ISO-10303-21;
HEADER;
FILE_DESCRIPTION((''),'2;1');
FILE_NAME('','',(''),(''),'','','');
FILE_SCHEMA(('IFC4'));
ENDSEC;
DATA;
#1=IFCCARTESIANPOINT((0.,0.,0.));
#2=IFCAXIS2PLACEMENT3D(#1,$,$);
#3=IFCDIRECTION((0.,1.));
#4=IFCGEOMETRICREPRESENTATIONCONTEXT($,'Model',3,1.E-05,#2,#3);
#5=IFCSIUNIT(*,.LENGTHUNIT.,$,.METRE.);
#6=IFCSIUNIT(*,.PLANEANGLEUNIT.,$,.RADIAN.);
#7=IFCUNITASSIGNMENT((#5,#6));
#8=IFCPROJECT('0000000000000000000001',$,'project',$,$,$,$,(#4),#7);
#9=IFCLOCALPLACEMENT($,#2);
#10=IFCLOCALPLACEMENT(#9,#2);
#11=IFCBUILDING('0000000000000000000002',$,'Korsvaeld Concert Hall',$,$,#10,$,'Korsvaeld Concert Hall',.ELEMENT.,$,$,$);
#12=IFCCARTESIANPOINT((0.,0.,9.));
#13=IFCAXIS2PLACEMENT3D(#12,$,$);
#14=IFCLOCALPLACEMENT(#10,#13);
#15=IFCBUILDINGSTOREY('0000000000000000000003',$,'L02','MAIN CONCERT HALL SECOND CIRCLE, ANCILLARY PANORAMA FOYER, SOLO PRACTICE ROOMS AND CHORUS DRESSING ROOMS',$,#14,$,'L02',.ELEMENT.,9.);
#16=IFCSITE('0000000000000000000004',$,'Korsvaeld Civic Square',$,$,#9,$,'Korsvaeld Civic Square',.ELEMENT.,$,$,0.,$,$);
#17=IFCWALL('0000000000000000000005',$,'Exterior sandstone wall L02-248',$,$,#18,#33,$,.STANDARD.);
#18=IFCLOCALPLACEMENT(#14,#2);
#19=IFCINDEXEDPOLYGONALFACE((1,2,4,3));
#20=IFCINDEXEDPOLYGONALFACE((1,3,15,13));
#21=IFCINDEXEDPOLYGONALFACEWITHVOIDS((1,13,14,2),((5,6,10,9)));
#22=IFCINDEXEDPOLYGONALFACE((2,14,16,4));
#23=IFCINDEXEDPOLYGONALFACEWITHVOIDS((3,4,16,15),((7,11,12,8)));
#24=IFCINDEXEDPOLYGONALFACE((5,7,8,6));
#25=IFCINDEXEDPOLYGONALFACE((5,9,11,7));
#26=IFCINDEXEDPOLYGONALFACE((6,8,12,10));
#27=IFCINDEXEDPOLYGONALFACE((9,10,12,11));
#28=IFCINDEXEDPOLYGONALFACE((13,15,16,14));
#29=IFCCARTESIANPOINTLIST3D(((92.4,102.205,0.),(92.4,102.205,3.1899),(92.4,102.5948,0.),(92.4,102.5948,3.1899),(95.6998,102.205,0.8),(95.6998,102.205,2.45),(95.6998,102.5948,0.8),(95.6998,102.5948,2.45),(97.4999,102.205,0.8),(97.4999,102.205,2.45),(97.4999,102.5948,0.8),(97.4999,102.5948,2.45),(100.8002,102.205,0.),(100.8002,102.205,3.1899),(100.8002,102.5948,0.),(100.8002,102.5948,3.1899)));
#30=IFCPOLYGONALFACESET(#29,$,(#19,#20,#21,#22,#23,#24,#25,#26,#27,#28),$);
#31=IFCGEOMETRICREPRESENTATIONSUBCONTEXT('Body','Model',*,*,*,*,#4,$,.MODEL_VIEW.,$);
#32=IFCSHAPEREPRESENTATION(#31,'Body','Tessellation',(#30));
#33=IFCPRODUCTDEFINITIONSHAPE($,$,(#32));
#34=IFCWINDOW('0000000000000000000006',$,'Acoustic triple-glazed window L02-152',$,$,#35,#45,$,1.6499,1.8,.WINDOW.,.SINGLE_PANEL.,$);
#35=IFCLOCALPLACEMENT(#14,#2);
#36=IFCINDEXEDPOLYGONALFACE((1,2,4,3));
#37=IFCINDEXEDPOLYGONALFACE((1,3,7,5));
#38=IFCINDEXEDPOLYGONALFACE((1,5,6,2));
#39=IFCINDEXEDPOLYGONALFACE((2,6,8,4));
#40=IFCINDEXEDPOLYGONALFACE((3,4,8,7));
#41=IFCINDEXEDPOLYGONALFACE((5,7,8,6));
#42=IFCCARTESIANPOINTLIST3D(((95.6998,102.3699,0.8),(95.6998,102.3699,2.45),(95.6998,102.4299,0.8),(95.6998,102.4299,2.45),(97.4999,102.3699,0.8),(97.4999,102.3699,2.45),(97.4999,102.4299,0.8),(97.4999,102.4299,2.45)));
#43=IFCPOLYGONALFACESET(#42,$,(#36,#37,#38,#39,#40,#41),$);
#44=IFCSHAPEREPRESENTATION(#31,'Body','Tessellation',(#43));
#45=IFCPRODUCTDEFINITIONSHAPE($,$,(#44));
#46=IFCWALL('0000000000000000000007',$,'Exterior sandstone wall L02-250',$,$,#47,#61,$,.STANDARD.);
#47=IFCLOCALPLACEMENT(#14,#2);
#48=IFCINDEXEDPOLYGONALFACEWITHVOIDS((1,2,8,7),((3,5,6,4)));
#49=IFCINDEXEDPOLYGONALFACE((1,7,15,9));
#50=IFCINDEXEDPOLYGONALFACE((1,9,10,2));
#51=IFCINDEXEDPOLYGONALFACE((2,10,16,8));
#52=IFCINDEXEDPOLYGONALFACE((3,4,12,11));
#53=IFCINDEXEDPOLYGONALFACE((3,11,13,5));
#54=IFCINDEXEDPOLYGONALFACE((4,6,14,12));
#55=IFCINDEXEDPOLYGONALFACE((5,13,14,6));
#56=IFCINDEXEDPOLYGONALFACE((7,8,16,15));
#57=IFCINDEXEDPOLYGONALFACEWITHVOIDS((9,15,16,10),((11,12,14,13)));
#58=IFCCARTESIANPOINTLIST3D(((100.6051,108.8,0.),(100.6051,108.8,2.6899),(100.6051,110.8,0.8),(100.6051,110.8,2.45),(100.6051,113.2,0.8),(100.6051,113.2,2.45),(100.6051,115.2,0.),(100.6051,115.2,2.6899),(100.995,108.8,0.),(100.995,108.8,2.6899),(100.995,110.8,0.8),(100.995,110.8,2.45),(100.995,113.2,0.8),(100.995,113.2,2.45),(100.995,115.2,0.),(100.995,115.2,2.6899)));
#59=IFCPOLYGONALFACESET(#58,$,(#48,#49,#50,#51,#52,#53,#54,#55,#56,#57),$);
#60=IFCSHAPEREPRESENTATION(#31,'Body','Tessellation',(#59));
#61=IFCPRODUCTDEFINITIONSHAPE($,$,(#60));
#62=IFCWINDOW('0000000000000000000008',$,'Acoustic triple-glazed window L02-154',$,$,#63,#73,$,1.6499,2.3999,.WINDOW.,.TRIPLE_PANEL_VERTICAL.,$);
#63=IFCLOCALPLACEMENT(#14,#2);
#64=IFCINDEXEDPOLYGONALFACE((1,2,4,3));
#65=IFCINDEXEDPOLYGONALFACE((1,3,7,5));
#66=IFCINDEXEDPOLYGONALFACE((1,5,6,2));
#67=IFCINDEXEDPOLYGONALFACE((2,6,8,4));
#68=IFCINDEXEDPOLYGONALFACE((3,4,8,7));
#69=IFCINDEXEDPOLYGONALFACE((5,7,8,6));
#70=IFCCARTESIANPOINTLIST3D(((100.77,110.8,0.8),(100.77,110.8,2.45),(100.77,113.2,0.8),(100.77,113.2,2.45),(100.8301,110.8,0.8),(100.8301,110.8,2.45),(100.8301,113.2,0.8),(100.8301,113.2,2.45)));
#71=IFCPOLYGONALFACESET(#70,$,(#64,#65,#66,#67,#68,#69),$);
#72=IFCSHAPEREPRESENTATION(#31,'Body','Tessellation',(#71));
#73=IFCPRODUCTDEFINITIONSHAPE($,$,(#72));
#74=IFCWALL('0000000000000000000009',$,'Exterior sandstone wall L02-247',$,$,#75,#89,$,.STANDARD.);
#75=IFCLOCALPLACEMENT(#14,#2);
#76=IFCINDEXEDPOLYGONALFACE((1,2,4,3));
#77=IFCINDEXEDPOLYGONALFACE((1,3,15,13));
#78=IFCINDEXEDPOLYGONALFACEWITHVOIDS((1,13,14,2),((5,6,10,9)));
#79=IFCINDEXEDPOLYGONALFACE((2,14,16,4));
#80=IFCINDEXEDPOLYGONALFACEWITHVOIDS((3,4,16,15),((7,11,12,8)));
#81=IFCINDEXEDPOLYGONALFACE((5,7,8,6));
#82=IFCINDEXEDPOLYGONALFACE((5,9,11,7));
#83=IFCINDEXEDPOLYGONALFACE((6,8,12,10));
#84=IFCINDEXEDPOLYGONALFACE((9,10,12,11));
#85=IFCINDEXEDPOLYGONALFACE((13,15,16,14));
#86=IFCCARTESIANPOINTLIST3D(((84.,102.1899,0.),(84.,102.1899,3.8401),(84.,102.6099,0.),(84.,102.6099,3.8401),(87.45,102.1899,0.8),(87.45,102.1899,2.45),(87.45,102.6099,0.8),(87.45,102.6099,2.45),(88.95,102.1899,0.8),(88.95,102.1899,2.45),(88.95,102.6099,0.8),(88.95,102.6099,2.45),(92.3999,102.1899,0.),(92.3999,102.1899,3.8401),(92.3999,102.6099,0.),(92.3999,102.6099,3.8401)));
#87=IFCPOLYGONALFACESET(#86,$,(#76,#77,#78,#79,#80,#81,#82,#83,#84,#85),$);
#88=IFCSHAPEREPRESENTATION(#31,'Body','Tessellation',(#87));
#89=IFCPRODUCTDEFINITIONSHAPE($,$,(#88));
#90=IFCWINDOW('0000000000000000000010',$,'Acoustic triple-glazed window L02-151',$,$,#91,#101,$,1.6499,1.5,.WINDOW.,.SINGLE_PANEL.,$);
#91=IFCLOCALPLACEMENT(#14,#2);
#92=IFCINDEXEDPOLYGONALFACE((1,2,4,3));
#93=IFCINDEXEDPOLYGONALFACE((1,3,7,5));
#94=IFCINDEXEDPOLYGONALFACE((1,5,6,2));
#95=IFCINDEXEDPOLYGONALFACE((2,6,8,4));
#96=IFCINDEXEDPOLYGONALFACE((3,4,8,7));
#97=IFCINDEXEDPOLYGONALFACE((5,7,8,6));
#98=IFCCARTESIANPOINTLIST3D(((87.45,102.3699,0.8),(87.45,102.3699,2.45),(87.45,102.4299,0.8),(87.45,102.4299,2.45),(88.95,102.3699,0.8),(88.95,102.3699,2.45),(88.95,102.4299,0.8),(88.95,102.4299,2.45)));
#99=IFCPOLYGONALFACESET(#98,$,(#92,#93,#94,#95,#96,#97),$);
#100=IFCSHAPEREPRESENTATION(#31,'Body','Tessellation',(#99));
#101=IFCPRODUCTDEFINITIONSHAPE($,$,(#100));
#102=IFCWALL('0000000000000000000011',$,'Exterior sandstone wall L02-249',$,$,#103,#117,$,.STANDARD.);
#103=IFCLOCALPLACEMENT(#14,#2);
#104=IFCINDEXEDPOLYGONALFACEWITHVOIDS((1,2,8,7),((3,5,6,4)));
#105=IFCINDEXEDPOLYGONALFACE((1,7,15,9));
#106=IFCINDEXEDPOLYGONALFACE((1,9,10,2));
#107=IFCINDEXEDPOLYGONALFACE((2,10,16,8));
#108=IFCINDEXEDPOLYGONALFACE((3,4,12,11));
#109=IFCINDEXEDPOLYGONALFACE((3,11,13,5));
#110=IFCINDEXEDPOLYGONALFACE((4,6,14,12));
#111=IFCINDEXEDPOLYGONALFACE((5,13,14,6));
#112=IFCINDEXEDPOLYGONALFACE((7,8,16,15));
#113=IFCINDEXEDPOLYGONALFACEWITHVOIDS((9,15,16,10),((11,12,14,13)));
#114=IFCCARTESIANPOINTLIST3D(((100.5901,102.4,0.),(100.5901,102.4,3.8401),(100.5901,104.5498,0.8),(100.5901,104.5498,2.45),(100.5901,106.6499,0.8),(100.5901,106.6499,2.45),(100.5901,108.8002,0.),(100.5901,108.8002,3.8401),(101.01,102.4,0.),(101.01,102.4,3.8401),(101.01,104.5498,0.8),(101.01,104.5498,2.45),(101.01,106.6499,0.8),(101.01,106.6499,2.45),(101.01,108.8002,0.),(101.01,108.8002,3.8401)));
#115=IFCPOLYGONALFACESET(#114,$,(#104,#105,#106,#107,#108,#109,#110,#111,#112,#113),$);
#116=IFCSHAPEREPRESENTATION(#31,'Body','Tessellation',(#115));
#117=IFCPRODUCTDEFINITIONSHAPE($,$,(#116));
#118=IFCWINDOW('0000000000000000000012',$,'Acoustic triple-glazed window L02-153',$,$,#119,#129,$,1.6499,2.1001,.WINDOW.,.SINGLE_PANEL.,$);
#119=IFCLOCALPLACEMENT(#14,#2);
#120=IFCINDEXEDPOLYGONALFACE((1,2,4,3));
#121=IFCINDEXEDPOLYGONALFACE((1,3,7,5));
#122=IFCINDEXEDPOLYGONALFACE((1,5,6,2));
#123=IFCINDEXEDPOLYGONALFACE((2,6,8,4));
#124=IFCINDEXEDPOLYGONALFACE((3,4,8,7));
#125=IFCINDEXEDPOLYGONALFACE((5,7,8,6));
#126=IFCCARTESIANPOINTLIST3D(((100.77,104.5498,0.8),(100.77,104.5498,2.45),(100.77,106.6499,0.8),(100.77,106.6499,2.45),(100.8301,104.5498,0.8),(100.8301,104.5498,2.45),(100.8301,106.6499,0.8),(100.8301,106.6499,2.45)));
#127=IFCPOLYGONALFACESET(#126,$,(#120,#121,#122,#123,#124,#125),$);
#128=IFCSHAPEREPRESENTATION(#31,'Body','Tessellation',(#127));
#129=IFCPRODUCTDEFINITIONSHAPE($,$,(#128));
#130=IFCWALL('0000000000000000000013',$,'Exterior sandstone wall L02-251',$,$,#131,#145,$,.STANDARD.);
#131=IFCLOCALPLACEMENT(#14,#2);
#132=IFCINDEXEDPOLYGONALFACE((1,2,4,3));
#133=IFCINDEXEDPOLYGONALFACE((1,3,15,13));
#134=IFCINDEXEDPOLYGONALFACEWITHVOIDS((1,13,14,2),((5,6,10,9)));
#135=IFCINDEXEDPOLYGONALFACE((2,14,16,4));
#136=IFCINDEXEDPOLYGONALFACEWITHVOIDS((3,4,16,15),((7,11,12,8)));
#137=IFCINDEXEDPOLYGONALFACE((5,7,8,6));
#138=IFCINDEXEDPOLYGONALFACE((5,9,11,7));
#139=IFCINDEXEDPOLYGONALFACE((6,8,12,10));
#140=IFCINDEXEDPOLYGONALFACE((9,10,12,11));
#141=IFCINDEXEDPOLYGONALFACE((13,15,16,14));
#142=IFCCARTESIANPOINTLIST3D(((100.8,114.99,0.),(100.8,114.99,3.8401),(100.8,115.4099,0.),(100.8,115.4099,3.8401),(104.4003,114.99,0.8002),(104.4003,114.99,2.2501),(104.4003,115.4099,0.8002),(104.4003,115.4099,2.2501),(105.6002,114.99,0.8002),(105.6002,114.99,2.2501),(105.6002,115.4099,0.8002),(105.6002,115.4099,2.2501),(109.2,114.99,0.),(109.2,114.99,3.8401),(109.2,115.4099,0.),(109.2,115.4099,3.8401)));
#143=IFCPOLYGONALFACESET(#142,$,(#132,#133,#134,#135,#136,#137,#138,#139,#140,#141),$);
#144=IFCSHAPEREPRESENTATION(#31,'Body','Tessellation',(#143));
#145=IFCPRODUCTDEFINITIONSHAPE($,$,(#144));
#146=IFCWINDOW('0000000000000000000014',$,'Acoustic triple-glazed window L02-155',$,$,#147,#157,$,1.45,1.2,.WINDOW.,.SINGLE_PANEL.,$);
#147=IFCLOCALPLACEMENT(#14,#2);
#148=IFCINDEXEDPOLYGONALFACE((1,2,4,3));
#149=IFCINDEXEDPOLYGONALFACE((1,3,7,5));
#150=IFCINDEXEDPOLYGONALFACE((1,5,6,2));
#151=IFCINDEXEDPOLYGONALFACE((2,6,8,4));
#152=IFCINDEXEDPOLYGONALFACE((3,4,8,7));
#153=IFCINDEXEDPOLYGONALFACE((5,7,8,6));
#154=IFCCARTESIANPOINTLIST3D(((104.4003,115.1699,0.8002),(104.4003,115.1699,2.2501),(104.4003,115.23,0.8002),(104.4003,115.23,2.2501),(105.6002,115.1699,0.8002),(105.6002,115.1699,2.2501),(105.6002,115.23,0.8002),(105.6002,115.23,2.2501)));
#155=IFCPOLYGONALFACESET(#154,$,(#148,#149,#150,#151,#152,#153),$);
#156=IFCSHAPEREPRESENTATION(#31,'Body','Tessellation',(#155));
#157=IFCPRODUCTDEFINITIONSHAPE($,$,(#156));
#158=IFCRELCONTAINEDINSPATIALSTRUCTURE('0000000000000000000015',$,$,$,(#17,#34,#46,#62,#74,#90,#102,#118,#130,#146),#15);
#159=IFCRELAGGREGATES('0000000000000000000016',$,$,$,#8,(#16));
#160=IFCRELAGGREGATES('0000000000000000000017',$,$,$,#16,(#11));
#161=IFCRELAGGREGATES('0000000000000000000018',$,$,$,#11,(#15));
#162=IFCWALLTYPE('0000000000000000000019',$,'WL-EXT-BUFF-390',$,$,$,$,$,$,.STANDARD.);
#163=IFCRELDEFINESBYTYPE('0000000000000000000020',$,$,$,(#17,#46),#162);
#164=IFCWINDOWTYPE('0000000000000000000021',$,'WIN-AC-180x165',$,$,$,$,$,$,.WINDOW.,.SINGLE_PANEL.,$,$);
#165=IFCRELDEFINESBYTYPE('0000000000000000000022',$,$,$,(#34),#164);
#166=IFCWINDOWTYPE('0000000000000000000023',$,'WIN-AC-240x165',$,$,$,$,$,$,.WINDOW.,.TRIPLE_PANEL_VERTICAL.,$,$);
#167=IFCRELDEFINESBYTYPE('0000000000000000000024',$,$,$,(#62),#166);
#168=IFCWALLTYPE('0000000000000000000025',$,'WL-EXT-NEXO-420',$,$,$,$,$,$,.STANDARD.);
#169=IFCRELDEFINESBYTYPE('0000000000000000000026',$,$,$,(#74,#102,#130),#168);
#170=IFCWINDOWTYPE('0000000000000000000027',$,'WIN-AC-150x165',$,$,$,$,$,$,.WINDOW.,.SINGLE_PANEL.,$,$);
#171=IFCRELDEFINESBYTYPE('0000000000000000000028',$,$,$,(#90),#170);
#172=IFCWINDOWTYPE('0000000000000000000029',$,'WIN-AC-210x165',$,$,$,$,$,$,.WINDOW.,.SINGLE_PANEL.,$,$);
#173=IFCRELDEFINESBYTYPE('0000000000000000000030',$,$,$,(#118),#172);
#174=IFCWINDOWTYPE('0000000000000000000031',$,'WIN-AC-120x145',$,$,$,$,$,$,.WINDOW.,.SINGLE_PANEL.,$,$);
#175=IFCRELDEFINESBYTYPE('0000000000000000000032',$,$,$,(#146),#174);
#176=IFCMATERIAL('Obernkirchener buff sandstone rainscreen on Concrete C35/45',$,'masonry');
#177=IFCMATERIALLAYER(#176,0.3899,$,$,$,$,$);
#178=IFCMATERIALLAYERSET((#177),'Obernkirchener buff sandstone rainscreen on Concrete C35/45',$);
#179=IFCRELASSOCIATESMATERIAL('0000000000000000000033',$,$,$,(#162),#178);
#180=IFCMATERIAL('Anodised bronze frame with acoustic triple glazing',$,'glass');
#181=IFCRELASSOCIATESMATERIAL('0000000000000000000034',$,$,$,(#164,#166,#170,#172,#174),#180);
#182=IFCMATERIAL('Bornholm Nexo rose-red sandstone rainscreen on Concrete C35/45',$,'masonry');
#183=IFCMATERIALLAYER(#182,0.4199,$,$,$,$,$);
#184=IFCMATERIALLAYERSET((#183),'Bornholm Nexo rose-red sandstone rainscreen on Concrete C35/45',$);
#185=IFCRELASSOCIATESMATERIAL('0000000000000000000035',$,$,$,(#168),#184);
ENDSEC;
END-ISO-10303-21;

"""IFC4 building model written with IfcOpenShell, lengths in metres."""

from ifc_helpers import new_model, si_unit, direction, frame, frame_2d, origin, place, context, subcontext, project, spatial, rectangle, extrude, material, layer, layer_set, type_object, element, fill, save


model = new_model("IFC4")

# Units and contexts
model_context = context("Model", 3, precision=1e-05, world=origin(), true_north=direction((0.0, 1.0)))
body_context = subcontext(model_context, "Body", "Model", "MODEL_VIEW")
ifc_project = project(units=[si_unit("LENGTHUNIT", "METRE"), si_unit("PLANEANGLEUNIT", "RADIAN")], contexts=[model_context])

# Site, building, storey
site_placement = place(None, origin())
site = spatial("IfcSite", under=ifc_project, at=site_placement, Name="Korsvaeld Civic Square", LongName="Korsvaeld Civic Square", CompositionType="ELEMENT", RefElevation=0.0)
building_placement = place(site_placement, origin())
building = spatial("IfcBuilding", under=site, at=building_placement, Name="Korsvaeld Concert Hall", LongName="Korsvaeld Concert Hall", CompositionType="ELEMENT")
storey_placement = place(building_placement, frame((0.0, 0.0, 9.0)))
storey = spatial("IfcBuildingStorey", under=building, at=storey_placement, Name="L02", Description="MAIN CONCERT HALL SECOND CIRCLE, ANCILLARY PANORAMA FOYER, SOLO PRACTICE ROOMS AND CHORUS DRESSING ROOMS", LongName="L02", CompositionType="ELEMENT", Elevation=9.0)

# Walls, openings, windows
ifc_material_1 = material(Name="Obernkirchener buff sandstone rainscreen on Concrete C35/45", Category="masonry")
ifc_layer_1 = layer(ifc_material_1, 0.3899)
ifc_layer_set_1 = layer_set([ifc_layer_1], Name="Obernkirchener buff sandstone rainscreen on Concrete C35/45")
wall_type_1 = type_object("IfcWallType", Name="WL-EXT-BUFF-390", PredefinedType="STANDARD", material=ifc_layer_set_1)
wall_1_placement = place(storey_placement, frame((92.3999, 102.3999, 0.0), z_axis=(0.0, 0.0, 1.0), x_axis=(1.0, 0.0, 0.0)))
wall_1 = element("IfcWall", 1, at=wall_1_placement, inside=storey, type_object=wall_type_1, Name="Exterior sandstone wall L02-248", PredefinedType="STANDARD", context=body_context, shape_type="SweptSolid", body=[
    extrude(rectangle(XDim=8.4001, YDim=0.3899, at=frame_2d((4.2002, 0.0))), origin(), (0.0, 0.0, 1.0), 3.1899),
])
opening_1_placement = place(wall_1_placement, frame((3.3, 0.0, 0.8)))
opening_1 = element("IfcOpeningElement", 2, at=opening_1_placement, cuts=wall_1, PredefinedType="OPENING", context=body_context, shape_type="SweptSolid", body=[
    extrude(rectangle(XDim=1.8, YDim=1.6499, at=frame_2d((0.8999, 0.825))), frame((0.0, 0.2051, 0.0), z_axis=(0.0, -1.0, 0.0), x_axis=(1.0, 0.0, 0.0)), (0.0, 0.0, 1.0), 0.4099),
])
ifc_material_2 = material(Name="Anodised bronze frame with acoustic triple glazing", Category="glass")
window_type_1 = type_object("IfcWindowType", Name="WIN-AC-180x165", PartitioningType="SINGLE_PANEL", PredefinedType="WINDOW", material=ifc_material_2)
window_1_placement = place(opening_1_placement, origin())
window_1 = element("IfcWindow", 3, at=window_1_placement, inside=storey, type_object=window_type_1, Name="Acoustic triple-glazed window L02-152", OverallHeight=1.6499, OverallWidth=1.8, PartitioningType="SINGLE_PANEL", PredefinedType="WINDOW", context=body_context, shape_type="SweptSolid", body=[
    extrude(rectangle(XDim=1.8, YDim=1.6499, at=frame_2d((0.8999, 0.825))), frame((0.0, 0.03, 0.0), z_axis=(0.0, -1.0, 0.0), x_axis=(1.0, 0.0, 0.0)), (0.0, 0.0, 1.0), 0.0601),
])
fill(opening_1, window_1)
wall_2_placement = place(storey_placement, frame((100.8, 108.8, 0.0), z_axis=(0.0, 0.0, 1.0), x_axis=(0.0, 1.0, 0.0)))
wall_2 = element("IfcWall", 4, at=wall_2_placement, inside=storey, type_object=wall_type_1, Name="Exterior sandstone wall L02-250", PredefinedType="STANDARD", context=body_context, shape_type="SweptSolid", body=[
    extrude(rectangle(XDim=6.3999, YDim=0.3899, at=frame_2d((3.2, 0.0))), origin(), (0.0, 0.0, 1.0), 2.6899),
])
opening_2_placement = place(wall_2_placement, frame((2.0, 0.0, 0.8)))
opening_2 = element("IfcOpeningElement", 5, at=opening_2_placement, cuts=wall_2, PredefinedType="OPENING", context=body_context, shape_type="SweptSolid", body=[
    extrude(rectangle(XDim=2.3999, YDim=1.6499, at=frame_2d((1.2, 0.825))), frame((0.0, 0.2051, 0.0), z_axis=(0.0, -1.0, 0.0), x_axis=(1.0, 0.0, 0.0)), (0.0, 0.0, 1.0), 0.4099),
])
window_type_2 = type_object("IfcWindowType", Name="WIN-AC-240x165", PartitioningType="TRIPLE_PANEL_VERTICAL", PredefinedType="WINDOW", material=ifc_material_2)
window_2_placement = place(opening_2_placement, origin())
window_2 = element("IfcWindow", 6, at=window_2_placement, inside=storey, type_object=window_type_2, Name="Acoustic triple-glazed window L02-154", OverallHeight=1.6499, OverallWidth=2.3999, PartitioningType="TRIPLE_PANEL_VERTICAL", PredefinedType="WINDOW", context=body_context, shape_type="SweptSolid", body=[
    extrude(rectangle(XDim=2.3999, YDim=1.6499, at=frame_2d((1.2, 0.825))), frame((0.0, 0.03, 0.0), z_axis=(0.0, -1.0, 0.0), x_axis=(1.0, 0.0, 0.0)), (0.0, 0.0, 1.0), 0.0601),
])
fill(opening_2, window_2)
ifc_material_3 = material(Name="Bornholm Nexo rose-red sandstone rainscreen on Concrete C35/45", Category="masonry")
ifc_layer_2 = layer(ifc_material_3, 0.4199)
ifc_layer_set_2 = layer_set([ifc_layer_2], Name="Bornholm Nexo rose-red sandstone rainscreen on Concrete C35/45")
wall_type_2 = type_object("IfcWallType", Name="WL-EXT-NEXO-420", PredefinedType="STANDARD", material=ifc_layer_set_2)
wall_3_placement = place(storey_placement, frame((84.0, 102.3999, 0.0), z_axis=(0.0, 0.0, 1.0), x_axis=(1.0, 0.0, 0.0)))
wall_3 = element("IfcWall", 7, at=wall_3_placement, inside=storey, type_object=wall_type_2, Name="Exterior sandstone wall L02-247", PredefinedType="STANDARD", context=body_context, shape_type="SweptSolid", body=[
    extrude(rectangle(XDim=8.3999, YDim=0.4199, at=frame_2d((4.2, 0.0))), origin(), (0.0, 0.0, 1.0), 3.8401),
])
opening_3_placement = place(wall_3_placement, frame((3.45, 0.0, 0.8)))
opening_3 = element("IfcOpeningElement", 8, at=opening_3_placement, cuts=wall_3, PredefinedType="OPENING", context=body_context, shape_type="SweptSolid", body=[
    extrude(rectangle(XDim=1.5, YDim=1.6499, at=frame_2d((0.75, 0.825))), frame((0.0, 0.22, 0.0), z_axis=(0.0, -1.0, 0.0), x_axis=(1.0, 0.0, 0.0)), (0.0, 0.0, 1.0), 0.4399),
])
window_type_3 = type_object("IfcWindowType", Name="WIN-AC-150x165", PartitioningType="SINGLE_PANEL", PredefinedType="WINDOW", material=ifc_material_2)
window_3_placement = place(opening_3_placement, origin())
window_3 = element("IfcWindow", 9, at=window_3_placement, inside=storey, type_object=window_type_3, Name="Acoustic triple-glazed window L02-151", OverallHeight=1.6499, OverallWidth=1.5, PartitioningType="SINGLE_PANEL", PredefinedType="WINDOW", context=body_context, shape_type="SweptSolid", body=[
    extrude(rectangle(XDim=1.5, YDim=1.6499, at=frame_2d((0.75, 0.825))), frame((0.0, 0.03, 0.0), z_axis=(0.0, -1.0, 0.0), x_axis=(1.0, 0.0, 0.0)), (0.0, 0.0, 1.0), 0.0601),
])
fill(opening_3, window_3)
wall_4_placement = place(storey_placement, frame((100.8, 102.3999, 0.0), z_axis=(0.0, 0.0, 1.0), x_axis=(0.0, 1.0, 0.0)))
wall_4 = element("IfcWall", 10, at=wall_4_placement, inside=storey, type_object=wall_type_2, Name="Exterior sandstone wall L02-249", PredefinedType="STANDARD", context=body_context, shape_type="SweptSolid", body=[
    extrude(rectangle(XDim=6.4001, YDim=0.4199, at=frame_2d((3.2002, 0.0))), origin(), (0.0, 0.0, 1.0), 3.8401),
])
opening_4_placement = place(wall_4_placement, frame((2.1499, 0.0, 0.8)))
opening_4 = element("IfcOpeningElement", 11, at=opening_4_placement, cuts=wall_4, PredefinedType="OPENING", context=body_context, shape_type="SweptSolid", body=[
    extrude(rectangle(XDim=2.1001, YDim=1.6499, at=frame_2d((1.05, 0.825))), frame((0.0, 0.22, 0.0), z_axis=(0.0, -1.0, 0.0), x_axis=(1.0, 0.0, 0.0)), (0.0, 0.0, 1.0), 0.4399),
])
window_type_4 = type_object("IfcWindowType", Name="WIN-AC-210x165", PartitioningType="SINGLE_PANEL", PredefinedType="WINDOW", material=ifc_material_2)
window_4_placement = place(opening_4_placement, origin())
window_4 = element("IfcWindow", 12, at=window_4_placement, inside=storey, type_object=window_type_4, Name="Acoustic triple-glazed window L02-153", OverallHeight=1.6499, OverallWidth=2.1001, PartitioningType="SINGLE_PANEL", PredefinedType="WINDOW", context=body_context, shape_type="SweptSolid", body=[
    extrude(rectangle(XDim=2.1001, YDim=1.6499, at=frame_2d((1.05, 0.825))), frame((0.0, 0.03, 0.0), z_axis=(0.0, -1.0, 0.0), x_axis=(1.0, 0.0, 0.0)), (0.0, 0.0, 1.0), 0.0601),
])
fill(opening_4, window_4)
wall_5_placement = place(storey_placement, frame((100.8, 115.2, 0.0), z_axis=(0.0, 0.0, 1.0), x_axis=(1.0, 0.0, 0.0)))
wall_5 = element("IfcWall", 13, at=wall_5_placement, inside=storey, type_object=wall_type_2, Name="Exterior sandstone wall L02-251", PredefinedType="STANDARD", context=body_context, shape_type="SweptSolid", body=[
    extrude(rectangle(XDim=8.3999, YDim=0.4199, at=frame_2d((4.2, 0.0))), origin(), (0.0, 0.0, 1.0), 3.8401),
])
opening_5_placement = place(wall_5_placement, frame((3.6001, 0.0, 0.8)))
opening_5 = element("IfcOpeningElement", 14, at=opening_5_placement, cuts=wall_5, PredefinedType="OPENING", context=body_context, shape_type="SweptSolid", body=[
    extrude(rectangle(XDim=1.2, YDim=1.45, at=frame_2d((0.6001, 0.7251))), frame((0.0, 0.22, 0.0), z_axis=(0.0, -1.0, 0.0), x_axis=(1.0, 0.0, 0.0)), (0.0, 0.0, 1.0), 0.4399),
])
window_type_5 = type_object("IfcWindowType", Name="WIN-AC-120x145", PartitioningType="SINGLE_PANEL", PredefinedType="WINDOW", material=ifc_material_2)
window_5_placement = place(opening_5_placement, origin())
window_5 = element("IfcWindow", 15, at=window_5_placement, inside=storey, type_object=window_type_5, Name="Acoustic triple-glazed window L02-155", OverallHeight=1.45, OverallWidth=1.2, PartitioningType="SINGLE_PANEL", PredefinedType="WINDOW", context=body_context, shape_type="SweptSolid", body=[
    extrude(rectangle(XDim=1.2, YDim=1.45, at=frame_2d((0.6001, 0.7251))), frame((0.0, 0.03, 0.0), z_axis=(0.0, -1.0, 0.0), x_axis=(1.0, 0.0, 0.0)), (0.0, 0.0, 1.0), 0.0601),
])
fill(opening_5, window_5)

save(model, "model.ifc")
